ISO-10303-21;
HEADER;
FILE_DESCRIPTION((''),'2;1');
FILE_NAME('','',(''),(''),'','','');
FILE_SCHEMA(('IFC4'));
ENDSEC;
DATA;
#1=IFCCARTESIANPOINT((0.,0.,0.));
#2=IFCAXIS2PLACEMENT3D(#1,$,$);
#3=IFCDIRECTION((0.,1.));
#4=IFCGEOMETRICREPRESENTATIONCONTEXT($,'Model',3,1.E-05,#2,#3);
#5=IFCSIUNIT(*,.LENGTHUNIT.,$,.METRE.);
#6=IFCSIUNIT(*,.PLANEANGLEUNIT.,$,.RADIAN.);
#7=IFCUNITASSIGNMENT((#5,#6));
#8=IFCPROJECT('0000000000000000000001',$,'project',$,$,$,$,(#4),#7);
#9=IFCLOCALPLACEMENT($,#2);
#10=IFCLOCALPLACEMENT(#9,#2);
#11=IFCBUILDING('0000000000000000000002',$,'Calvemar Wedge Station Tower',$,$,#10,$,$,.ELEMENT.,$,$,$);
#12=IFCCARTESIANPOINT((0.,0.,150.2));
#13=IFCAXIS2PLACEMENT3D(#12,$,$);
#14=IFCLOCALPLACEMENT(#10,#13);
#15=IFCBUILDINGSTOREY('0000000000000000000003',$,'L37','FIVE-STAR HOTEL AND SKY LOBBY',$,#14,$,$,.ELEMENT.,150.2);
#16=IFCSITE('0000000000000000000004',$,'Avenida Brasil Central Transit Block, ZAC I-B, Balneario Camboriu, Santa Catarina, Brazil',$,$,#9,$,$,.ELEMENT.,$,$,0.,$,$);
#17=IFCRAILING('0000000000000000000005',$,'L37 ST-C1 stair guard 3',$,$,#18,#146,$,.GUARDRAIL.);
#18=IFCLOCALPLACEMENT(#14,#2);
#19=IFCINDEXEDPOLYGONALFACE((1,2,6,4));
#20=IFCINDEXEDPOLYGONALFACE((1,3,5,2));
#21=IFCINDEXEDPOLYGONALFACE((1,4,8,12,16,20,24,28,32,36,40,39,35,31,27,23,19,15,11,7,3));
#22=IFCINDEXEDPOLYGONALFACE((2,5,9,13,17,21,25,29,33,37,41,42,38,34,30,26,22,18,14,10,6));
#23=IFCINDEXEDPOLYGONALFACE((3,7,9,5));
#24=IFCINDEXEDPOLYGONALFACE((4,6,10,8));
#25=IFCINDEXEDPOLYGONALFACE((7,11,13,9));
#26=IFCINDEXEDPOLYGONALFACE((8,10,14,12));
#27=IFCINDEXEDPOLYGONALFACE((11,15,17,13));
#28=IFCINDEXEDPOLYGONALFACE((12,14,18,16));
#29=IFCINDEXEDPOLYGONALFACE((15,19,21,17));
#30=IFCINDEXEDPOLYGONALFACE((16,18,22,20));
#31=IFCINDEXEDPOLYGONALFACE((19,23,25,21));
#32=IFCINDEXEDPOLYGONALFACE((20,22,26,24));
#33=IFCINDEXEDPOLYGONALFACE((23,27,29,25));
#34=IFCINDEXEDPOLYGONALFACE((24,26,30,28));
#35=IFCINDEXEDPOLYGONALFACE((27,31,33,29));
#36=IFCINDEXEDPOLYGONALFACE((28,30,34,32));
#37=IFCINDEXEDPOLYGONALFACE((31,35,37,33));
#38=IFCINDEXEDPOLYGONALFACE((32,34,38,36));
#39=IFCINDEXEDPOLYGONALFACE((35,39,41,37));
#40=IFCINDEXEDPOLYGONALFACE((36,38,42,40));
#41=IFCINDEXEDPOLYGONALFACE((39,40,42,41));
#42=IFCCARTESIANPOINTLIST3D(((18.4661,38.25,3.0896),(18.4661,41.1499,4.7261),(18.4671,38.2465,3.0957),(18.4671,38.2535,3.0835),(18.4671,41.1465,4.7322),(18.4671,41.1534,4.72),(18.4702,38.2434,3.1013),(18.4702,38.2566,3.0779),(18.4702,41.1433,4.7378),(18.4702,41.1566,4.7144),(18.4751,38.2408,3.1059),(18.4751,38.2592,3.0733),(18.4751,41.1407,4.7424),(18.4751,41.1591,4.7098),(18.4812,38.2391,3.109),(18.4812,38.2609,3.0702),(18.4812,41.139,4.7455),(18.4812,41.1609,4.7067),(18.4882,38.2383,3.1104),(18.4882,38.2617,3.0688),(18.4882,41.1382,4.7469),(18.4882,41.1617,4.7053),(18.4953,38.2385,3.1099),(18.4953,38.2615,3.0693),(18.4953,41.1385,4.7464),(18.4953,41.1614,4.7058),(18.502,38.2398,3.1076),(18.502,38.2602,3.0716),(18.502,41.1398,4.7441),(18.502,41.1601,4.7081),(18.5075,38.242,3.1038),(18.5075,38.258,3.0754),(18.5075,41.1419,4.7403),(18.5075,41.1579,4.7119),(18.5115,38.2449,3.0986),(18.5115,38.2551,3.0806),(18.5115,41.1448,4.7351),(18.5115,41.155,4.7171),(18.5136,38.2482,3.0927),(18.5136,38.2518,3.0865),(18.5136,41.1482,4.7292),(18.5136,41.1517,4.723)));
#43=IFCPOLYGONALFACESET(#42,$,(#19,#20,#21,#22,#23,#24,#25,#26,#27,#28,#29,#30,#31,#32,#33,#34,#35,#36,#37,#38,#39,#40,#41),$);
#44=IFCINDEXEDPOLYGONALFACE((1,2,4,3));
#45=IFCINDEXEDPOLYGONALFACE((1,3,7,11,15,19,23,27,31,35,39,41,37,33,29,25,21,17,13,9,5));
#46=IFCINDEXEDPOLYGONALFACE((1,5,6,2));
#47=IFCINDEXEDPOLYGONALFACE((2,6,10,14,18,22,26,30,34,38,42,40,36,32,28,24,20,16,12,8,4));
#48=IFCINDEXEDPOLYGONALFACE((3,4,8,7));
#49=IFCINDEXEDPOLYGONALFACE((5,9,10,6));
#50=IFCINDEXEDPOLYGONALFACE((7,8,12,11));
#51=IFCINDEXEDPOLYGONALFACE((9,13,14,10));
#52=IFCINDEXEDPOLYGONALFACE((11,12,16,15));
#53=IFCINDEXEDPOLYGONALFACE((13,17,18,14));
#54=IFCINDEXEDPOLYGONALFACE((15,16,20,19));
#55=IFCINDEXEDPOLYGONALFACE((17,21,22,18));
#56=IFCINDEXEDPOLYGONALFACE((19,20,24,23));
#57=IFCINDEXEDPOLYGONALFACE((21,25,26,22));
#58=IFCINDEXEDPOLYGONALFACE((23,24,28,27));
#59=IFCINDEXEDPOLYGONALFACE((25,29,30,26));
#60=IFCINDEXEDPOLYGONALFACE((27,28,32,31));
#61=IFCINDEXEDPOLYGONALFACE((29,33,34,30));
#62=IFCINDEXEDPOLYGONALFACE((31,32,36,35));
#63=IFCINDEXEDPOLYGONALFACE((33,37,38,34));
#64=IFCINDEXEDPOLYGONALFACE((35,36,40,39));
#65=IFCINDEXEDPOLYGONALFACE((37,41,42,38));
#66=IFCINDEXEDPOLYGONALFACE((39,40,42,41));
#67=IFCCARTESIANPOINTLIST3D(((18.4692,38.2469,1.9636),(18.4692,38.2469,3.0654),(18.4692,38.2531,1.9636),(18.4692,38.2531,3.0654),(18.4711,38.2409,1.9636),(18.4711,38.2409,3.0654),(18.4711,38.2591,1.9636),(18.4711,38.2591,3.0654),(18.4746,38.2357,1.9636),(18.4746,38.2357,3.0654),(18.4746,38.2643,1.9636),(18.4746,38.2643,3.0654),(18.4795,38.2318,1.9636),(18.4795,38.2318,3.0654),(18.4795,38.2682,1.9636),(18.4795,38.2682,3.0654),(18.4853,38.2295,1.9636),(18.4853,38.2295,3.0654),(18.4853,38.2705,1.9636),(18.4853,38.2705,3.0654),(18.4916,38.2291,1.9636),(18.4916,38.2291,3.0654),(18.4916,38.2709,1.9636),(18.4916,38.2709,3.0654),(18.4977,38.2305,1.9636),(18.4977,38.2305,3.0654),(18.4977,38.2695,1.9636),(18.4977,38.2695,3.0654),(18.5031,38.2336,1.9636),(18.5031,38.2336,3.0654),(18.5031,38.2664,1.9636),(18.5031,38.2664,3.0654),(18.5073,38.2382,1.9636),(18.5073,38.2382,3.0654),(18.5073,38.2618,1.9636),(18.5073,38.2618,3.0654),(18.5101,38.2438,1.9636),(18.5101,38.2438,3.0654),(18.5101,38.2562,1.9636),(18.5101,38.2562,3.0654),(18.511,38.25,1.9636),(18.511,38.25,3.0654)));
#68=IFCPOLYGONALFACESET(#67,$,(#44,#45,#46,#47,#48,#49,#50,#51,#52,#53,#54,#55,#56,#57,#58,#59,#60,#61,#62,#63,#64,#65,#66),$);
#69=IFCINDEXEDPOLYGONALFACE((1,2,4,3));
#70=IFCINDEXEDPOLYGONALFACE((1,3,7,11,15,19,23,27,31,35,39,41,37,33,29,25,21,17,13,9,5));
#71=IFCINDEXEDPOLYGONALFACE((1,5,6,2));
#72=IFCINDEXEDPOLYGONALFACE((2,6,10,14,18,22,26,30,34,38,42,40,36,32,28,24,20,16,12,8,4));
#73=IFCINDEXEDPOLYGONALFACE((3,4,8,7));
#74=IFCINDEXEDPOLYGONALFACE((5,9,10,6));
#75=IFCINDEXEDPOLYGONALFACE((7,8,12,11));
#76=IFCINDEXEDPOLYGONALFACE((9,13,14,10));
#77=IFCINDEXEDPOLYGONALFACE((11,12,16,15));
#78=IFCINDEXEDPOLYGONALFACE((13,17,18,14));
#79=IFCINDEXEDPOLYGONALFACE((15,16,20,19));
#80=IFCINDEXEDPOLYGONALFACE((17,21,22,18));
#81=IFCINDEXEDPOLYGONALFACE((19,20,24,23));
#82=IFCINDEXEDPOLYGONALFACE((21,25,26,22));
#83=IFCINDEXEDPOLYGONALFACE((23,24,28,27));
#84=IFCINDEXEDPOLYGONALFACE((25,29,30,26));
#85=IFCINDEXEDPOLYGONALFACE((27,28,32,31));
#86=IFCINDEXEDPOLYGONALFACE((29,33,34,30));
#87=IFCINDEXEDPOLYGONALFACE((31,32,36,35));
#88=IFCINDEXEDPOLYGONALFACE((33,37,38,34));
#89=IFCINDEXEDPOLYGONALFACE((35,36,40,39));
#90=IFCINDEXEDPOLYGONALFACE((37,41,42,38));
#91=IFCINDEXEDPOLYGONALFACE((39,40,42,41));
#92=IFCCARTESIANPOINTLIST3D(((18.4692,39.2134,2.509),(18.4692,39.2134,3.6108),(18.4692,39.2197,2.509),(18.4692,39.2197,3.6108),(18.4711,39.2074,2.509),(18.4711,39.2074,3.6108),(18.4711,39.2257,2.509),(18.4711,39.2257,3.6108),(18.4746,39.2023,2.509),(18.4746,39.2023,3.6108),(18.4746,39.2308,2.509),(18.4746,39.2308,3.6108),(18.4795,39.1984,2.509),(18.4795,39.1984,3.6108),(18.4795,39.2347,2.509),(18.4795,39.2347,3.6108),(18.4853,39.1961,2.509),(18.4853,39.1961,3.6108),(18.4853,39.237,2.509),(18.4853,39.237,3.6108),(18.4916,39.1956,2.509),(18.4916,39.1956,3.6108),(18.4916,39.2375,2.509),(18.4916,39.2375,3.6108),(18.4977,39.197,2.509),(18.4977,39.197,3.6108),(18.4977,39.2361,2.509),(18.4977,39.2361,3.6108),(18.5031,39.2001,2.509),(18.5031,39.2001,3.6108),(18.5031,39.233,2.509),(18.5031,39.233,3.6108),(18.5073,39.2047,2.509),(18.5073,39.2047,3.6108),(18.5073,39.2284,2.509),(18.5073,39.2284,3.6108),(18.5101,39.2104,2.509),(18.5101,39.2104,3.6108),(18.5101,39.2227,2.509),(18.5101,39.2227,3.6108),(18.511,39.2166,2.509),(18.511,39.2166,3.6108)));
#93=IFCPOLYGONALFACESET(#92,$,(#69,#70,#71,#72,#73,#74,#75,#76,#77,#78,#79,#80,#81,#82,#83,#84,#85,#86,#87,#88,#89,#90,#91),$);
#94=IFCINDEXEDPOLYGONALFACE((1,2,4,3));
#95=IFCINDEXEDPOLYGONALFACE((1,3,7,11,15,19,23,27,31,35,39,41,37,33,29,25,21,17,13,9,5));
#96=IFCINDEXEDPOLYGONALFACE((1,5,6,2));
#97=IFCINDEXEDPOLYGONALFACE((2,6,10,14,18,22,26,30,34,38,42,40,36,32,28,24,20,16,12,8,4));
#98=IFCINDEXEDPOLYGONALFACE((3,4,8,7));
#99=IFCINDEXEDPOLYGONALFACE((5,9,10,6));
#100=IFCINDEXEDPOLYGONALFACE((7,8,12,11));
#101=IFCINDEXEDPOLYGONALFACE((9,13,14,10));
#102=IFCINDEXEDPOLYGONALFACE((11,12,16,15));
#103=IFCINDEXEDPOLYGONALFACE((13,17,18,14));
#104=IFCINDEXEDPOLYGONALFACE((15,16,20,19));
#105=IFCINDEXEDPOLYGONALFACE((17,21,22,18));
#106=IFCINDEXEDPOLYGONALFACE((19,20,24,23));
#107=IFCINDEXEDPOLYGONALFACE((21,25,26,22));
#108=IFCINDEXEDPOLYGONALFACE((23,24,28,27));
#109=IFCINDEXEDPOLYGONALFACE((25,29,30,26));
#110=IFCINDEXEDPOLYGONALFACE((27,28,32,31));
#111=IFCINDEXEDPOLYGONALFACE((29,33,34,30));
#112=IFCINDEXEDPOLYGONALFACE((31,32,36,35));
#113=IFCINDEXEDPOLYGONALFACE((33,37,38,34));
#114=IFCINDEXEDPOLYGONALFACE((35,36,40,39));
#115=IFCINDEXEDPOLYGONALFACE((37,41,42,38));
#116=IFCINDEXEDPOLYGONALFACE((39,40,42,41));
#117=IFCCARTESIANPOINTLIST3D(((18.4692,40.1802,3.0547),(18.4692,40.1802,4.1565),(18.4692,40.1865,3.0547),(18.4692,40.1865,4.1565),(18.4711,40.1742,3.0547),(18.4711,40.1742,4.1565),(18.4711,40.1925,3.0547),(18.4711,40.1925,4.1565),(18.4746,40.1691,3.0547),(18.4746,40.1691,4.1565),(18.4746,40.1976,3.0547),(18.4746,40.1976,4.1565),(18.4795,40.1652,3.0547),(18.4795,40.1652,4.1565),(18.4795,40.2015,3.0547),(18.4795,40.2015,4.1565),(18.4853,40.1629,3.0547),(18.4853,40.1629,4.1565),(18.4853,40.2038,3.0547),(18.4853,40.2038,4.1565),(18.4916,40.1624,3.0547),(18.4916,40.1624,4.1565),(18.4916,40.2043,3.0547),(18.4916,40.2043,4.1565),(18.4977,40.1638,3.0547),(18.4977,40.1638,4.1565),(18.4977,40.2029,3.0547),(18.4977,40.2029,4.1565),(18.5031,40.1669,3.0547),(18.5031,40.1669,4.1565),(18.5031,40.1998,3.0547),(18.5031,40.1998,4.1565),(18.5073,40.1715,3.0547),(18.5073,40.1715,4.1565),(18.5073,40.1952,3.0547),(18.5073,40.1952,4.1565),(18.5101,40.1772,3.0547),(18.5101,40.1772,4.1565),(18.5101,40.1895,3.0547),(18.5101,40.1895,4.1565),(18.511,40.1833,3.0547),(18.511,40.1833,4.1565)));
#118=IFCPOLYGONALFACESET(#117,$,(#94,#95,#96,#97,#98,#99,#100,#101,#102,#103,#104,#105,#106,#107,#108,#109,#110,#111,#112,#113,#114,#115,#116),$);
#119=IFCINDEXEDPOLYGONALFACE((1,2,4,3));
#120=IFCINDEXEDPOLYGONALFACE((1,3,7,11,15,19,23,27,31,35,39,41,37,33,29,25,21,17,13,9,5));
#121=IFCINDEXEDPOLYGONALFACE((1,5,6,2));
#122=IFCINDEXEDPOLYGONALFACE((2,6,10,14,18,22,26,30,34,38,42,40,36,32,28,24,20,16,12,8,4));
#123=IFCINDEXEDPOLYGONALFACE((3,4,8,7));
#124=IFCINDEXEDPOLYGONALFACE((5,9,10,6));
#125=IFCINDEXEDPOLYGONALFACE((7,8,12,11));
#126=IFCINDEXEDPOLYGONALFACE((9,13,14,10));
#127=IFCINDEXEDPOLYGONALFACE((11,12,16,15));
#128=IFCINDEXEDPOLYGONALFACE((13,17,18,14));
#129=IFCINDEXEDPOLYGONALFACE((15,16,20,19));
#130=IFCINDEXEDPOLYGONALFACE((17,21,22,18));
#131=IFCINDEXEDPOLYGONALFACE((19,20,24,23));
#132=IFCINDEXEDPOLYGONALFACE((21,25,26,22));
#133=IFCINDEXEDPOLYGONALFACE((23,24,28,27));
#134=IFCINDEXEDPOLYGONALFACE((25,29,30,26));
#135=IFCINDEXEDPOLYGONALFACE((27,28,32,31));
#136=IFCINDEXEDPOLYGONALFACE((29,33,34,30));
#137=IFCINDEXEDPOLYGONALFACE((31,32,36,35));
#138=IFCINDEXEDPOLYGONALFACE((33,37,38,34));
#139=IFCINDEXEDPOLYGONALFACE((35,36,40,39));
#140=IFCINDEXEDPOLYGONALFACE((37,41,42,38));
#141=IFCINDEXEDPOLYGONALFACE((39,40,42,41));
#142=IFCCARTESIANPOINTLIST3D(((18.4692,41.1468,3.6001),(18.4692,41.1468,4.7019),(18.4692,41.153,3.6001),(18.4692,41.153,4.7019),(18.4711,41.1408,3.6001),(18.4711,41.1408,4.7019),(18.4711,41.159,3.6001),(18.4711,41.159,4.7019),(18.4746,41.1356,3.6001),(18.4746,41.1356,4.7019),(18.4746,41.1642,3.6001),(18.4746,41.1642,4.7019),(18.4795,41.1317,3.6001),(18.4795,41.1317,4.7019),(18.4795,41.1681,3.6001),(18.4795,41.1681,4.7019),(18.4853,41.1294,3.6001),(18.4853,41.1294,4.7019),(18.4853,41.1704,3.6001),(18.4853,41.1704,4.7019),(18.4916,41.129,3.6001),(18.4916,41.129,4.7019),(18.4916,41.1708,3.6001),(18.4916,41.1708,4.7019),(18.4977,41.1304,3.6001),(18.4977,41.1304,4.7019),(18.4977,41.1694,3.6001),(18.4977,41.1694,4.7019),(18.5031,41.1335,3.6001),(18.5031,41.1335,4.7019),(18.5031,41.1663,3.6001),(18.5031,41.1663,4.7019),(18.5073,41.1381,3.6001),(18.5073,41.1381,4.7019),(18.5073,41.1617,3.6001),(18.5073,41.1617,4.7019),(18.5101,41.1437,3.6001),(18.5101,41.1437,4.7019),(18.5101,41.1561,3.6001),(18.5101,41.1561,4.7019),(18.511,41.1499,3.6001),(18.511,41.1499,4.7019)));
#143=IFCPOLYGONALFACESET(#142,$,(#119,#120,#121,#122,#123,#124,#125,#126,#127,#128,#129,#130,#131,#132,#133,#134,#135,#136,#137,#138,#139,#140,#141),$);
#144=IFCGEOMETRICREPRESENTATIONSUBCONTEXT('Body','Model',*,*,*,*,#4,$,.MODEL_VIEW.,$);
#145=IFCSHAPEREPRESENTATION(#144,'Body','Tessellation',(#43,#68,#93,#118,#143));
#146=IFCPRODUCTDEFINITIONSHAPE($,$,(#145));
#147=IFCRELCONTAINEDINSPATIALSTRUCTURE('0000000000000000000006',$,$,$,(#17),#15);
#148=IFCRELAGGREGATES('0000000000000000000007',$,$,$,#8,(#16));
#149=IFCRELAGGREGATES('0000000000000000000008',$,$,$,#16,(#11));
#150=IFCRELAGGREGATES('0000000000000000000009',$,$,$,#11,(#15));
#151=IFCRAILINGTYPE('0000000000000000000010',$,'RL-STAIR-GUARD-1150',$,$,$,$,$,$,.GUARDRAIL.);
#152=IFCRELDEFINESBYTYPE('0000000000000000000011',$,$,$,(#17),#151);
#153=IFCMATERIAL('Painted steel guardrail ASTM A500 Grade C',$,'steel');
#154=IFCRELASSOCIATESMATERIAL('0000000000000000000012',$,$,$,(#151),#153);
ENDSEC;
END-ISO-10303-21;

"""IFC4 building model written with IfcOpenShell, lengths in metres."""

from ifc_helpers import new_model, si_unit, direction, frame, origin, origin_2d, place, context, subcontext, project, spatial, circle, extrude, material, type_object, element, save


model = new_model("IFC4")

# Units and contexts
model_context = context("Model", 3, precision=1e-05, world=origin(), true_north=direction((0.0, 1.0)))
body_context = subcontext(model_context, "Body", "Model", "MODEL_VIEW")
ifc_project = project(units=[si_unit("LENGTHUNIT", "METRE"), si_unit("PLANEANGLEUNIT", "RADIAN")], contexts=[model_context])

# Site, building, storey
site_placement = place(None, origin())
site = spatial("IfcSite", under=ifc_project, at=site_placement, Name="Avenida Brasil Central Transit Block, ZAC I-B, Balneario Camboriu, Santa Catarina, Brazil", CompositionType="ELEMENT", RefElevation=0.0)
building_placement = place(site_placement, origin())
building = spatial("IfcBuilding", under=site, at=building_placement, Name="Calvemar Wedge Station Tower", CompositionType="ELEMENT")
storey_placement = place(building_placement, frame((0.0, 0.0, 150.2)))
storey = spatial("IfcBuildingStorey", under=building, at=storey_placement, Name="L37", Description="FIVE-STAR HOTEL AND SKY LOBBY", CompositionType="ELEMENT", Elevation=150.2)

# Railing
ifc_material_1 = material(Name="Painted steel guardrail ASTM A500 Grade C", Category="steel")
railing_type_1 = type_object("IfcRailingType", Name="RL-STAIR-GUARD-1150", PredefinedType="GUARDRAIL", material=ifc_material_1)
railing_1_placement = place(storey_placement, frame((18.49, 38.25, 1.9636)))
element("IfcRailing", 1, at=railing_1_placement, inside=storey, type_object=railing_type_1, Name="L37 ST-C1 stair guard 3", PredefinedType="GUARDRAIL", context=body_context, shape_type="SweptSolid", body=[
    extrude(circle(Radius=0.0239, at=origin_2d()), frame((0.0, 0.0, 1.126), z_axis=(0.0, 0.870897, 0.491465), x_axis=(-1.0, 0.0, 0.0)), (0.0, 0.0, 1.0), 3.3298),
    extrude(circle(Radius=0.021, at=origin_2d()), origin(), (0.0, 0.0, 1.0), 1.1018),
    extrude(circle(Radius=0.021, at=origin_2d()), frame((0.0, 0.9666, 0.5454)), (0.0, 0.0, 1.0), 1.1018),
    extrude(circle(Radius=0.021, at=origin_2d()), frame((0.0, 1.9333, 1.0911)), (0.0, 0.0, 1.0), 1.1018),
    extrude(circle(Radius=0.021, at=origin_2d()), frame((0.0, 2.8999, 1.6365)), (0.0, 0.0, 1.0), 1.1018),
])

save(model, "model.ifc")
